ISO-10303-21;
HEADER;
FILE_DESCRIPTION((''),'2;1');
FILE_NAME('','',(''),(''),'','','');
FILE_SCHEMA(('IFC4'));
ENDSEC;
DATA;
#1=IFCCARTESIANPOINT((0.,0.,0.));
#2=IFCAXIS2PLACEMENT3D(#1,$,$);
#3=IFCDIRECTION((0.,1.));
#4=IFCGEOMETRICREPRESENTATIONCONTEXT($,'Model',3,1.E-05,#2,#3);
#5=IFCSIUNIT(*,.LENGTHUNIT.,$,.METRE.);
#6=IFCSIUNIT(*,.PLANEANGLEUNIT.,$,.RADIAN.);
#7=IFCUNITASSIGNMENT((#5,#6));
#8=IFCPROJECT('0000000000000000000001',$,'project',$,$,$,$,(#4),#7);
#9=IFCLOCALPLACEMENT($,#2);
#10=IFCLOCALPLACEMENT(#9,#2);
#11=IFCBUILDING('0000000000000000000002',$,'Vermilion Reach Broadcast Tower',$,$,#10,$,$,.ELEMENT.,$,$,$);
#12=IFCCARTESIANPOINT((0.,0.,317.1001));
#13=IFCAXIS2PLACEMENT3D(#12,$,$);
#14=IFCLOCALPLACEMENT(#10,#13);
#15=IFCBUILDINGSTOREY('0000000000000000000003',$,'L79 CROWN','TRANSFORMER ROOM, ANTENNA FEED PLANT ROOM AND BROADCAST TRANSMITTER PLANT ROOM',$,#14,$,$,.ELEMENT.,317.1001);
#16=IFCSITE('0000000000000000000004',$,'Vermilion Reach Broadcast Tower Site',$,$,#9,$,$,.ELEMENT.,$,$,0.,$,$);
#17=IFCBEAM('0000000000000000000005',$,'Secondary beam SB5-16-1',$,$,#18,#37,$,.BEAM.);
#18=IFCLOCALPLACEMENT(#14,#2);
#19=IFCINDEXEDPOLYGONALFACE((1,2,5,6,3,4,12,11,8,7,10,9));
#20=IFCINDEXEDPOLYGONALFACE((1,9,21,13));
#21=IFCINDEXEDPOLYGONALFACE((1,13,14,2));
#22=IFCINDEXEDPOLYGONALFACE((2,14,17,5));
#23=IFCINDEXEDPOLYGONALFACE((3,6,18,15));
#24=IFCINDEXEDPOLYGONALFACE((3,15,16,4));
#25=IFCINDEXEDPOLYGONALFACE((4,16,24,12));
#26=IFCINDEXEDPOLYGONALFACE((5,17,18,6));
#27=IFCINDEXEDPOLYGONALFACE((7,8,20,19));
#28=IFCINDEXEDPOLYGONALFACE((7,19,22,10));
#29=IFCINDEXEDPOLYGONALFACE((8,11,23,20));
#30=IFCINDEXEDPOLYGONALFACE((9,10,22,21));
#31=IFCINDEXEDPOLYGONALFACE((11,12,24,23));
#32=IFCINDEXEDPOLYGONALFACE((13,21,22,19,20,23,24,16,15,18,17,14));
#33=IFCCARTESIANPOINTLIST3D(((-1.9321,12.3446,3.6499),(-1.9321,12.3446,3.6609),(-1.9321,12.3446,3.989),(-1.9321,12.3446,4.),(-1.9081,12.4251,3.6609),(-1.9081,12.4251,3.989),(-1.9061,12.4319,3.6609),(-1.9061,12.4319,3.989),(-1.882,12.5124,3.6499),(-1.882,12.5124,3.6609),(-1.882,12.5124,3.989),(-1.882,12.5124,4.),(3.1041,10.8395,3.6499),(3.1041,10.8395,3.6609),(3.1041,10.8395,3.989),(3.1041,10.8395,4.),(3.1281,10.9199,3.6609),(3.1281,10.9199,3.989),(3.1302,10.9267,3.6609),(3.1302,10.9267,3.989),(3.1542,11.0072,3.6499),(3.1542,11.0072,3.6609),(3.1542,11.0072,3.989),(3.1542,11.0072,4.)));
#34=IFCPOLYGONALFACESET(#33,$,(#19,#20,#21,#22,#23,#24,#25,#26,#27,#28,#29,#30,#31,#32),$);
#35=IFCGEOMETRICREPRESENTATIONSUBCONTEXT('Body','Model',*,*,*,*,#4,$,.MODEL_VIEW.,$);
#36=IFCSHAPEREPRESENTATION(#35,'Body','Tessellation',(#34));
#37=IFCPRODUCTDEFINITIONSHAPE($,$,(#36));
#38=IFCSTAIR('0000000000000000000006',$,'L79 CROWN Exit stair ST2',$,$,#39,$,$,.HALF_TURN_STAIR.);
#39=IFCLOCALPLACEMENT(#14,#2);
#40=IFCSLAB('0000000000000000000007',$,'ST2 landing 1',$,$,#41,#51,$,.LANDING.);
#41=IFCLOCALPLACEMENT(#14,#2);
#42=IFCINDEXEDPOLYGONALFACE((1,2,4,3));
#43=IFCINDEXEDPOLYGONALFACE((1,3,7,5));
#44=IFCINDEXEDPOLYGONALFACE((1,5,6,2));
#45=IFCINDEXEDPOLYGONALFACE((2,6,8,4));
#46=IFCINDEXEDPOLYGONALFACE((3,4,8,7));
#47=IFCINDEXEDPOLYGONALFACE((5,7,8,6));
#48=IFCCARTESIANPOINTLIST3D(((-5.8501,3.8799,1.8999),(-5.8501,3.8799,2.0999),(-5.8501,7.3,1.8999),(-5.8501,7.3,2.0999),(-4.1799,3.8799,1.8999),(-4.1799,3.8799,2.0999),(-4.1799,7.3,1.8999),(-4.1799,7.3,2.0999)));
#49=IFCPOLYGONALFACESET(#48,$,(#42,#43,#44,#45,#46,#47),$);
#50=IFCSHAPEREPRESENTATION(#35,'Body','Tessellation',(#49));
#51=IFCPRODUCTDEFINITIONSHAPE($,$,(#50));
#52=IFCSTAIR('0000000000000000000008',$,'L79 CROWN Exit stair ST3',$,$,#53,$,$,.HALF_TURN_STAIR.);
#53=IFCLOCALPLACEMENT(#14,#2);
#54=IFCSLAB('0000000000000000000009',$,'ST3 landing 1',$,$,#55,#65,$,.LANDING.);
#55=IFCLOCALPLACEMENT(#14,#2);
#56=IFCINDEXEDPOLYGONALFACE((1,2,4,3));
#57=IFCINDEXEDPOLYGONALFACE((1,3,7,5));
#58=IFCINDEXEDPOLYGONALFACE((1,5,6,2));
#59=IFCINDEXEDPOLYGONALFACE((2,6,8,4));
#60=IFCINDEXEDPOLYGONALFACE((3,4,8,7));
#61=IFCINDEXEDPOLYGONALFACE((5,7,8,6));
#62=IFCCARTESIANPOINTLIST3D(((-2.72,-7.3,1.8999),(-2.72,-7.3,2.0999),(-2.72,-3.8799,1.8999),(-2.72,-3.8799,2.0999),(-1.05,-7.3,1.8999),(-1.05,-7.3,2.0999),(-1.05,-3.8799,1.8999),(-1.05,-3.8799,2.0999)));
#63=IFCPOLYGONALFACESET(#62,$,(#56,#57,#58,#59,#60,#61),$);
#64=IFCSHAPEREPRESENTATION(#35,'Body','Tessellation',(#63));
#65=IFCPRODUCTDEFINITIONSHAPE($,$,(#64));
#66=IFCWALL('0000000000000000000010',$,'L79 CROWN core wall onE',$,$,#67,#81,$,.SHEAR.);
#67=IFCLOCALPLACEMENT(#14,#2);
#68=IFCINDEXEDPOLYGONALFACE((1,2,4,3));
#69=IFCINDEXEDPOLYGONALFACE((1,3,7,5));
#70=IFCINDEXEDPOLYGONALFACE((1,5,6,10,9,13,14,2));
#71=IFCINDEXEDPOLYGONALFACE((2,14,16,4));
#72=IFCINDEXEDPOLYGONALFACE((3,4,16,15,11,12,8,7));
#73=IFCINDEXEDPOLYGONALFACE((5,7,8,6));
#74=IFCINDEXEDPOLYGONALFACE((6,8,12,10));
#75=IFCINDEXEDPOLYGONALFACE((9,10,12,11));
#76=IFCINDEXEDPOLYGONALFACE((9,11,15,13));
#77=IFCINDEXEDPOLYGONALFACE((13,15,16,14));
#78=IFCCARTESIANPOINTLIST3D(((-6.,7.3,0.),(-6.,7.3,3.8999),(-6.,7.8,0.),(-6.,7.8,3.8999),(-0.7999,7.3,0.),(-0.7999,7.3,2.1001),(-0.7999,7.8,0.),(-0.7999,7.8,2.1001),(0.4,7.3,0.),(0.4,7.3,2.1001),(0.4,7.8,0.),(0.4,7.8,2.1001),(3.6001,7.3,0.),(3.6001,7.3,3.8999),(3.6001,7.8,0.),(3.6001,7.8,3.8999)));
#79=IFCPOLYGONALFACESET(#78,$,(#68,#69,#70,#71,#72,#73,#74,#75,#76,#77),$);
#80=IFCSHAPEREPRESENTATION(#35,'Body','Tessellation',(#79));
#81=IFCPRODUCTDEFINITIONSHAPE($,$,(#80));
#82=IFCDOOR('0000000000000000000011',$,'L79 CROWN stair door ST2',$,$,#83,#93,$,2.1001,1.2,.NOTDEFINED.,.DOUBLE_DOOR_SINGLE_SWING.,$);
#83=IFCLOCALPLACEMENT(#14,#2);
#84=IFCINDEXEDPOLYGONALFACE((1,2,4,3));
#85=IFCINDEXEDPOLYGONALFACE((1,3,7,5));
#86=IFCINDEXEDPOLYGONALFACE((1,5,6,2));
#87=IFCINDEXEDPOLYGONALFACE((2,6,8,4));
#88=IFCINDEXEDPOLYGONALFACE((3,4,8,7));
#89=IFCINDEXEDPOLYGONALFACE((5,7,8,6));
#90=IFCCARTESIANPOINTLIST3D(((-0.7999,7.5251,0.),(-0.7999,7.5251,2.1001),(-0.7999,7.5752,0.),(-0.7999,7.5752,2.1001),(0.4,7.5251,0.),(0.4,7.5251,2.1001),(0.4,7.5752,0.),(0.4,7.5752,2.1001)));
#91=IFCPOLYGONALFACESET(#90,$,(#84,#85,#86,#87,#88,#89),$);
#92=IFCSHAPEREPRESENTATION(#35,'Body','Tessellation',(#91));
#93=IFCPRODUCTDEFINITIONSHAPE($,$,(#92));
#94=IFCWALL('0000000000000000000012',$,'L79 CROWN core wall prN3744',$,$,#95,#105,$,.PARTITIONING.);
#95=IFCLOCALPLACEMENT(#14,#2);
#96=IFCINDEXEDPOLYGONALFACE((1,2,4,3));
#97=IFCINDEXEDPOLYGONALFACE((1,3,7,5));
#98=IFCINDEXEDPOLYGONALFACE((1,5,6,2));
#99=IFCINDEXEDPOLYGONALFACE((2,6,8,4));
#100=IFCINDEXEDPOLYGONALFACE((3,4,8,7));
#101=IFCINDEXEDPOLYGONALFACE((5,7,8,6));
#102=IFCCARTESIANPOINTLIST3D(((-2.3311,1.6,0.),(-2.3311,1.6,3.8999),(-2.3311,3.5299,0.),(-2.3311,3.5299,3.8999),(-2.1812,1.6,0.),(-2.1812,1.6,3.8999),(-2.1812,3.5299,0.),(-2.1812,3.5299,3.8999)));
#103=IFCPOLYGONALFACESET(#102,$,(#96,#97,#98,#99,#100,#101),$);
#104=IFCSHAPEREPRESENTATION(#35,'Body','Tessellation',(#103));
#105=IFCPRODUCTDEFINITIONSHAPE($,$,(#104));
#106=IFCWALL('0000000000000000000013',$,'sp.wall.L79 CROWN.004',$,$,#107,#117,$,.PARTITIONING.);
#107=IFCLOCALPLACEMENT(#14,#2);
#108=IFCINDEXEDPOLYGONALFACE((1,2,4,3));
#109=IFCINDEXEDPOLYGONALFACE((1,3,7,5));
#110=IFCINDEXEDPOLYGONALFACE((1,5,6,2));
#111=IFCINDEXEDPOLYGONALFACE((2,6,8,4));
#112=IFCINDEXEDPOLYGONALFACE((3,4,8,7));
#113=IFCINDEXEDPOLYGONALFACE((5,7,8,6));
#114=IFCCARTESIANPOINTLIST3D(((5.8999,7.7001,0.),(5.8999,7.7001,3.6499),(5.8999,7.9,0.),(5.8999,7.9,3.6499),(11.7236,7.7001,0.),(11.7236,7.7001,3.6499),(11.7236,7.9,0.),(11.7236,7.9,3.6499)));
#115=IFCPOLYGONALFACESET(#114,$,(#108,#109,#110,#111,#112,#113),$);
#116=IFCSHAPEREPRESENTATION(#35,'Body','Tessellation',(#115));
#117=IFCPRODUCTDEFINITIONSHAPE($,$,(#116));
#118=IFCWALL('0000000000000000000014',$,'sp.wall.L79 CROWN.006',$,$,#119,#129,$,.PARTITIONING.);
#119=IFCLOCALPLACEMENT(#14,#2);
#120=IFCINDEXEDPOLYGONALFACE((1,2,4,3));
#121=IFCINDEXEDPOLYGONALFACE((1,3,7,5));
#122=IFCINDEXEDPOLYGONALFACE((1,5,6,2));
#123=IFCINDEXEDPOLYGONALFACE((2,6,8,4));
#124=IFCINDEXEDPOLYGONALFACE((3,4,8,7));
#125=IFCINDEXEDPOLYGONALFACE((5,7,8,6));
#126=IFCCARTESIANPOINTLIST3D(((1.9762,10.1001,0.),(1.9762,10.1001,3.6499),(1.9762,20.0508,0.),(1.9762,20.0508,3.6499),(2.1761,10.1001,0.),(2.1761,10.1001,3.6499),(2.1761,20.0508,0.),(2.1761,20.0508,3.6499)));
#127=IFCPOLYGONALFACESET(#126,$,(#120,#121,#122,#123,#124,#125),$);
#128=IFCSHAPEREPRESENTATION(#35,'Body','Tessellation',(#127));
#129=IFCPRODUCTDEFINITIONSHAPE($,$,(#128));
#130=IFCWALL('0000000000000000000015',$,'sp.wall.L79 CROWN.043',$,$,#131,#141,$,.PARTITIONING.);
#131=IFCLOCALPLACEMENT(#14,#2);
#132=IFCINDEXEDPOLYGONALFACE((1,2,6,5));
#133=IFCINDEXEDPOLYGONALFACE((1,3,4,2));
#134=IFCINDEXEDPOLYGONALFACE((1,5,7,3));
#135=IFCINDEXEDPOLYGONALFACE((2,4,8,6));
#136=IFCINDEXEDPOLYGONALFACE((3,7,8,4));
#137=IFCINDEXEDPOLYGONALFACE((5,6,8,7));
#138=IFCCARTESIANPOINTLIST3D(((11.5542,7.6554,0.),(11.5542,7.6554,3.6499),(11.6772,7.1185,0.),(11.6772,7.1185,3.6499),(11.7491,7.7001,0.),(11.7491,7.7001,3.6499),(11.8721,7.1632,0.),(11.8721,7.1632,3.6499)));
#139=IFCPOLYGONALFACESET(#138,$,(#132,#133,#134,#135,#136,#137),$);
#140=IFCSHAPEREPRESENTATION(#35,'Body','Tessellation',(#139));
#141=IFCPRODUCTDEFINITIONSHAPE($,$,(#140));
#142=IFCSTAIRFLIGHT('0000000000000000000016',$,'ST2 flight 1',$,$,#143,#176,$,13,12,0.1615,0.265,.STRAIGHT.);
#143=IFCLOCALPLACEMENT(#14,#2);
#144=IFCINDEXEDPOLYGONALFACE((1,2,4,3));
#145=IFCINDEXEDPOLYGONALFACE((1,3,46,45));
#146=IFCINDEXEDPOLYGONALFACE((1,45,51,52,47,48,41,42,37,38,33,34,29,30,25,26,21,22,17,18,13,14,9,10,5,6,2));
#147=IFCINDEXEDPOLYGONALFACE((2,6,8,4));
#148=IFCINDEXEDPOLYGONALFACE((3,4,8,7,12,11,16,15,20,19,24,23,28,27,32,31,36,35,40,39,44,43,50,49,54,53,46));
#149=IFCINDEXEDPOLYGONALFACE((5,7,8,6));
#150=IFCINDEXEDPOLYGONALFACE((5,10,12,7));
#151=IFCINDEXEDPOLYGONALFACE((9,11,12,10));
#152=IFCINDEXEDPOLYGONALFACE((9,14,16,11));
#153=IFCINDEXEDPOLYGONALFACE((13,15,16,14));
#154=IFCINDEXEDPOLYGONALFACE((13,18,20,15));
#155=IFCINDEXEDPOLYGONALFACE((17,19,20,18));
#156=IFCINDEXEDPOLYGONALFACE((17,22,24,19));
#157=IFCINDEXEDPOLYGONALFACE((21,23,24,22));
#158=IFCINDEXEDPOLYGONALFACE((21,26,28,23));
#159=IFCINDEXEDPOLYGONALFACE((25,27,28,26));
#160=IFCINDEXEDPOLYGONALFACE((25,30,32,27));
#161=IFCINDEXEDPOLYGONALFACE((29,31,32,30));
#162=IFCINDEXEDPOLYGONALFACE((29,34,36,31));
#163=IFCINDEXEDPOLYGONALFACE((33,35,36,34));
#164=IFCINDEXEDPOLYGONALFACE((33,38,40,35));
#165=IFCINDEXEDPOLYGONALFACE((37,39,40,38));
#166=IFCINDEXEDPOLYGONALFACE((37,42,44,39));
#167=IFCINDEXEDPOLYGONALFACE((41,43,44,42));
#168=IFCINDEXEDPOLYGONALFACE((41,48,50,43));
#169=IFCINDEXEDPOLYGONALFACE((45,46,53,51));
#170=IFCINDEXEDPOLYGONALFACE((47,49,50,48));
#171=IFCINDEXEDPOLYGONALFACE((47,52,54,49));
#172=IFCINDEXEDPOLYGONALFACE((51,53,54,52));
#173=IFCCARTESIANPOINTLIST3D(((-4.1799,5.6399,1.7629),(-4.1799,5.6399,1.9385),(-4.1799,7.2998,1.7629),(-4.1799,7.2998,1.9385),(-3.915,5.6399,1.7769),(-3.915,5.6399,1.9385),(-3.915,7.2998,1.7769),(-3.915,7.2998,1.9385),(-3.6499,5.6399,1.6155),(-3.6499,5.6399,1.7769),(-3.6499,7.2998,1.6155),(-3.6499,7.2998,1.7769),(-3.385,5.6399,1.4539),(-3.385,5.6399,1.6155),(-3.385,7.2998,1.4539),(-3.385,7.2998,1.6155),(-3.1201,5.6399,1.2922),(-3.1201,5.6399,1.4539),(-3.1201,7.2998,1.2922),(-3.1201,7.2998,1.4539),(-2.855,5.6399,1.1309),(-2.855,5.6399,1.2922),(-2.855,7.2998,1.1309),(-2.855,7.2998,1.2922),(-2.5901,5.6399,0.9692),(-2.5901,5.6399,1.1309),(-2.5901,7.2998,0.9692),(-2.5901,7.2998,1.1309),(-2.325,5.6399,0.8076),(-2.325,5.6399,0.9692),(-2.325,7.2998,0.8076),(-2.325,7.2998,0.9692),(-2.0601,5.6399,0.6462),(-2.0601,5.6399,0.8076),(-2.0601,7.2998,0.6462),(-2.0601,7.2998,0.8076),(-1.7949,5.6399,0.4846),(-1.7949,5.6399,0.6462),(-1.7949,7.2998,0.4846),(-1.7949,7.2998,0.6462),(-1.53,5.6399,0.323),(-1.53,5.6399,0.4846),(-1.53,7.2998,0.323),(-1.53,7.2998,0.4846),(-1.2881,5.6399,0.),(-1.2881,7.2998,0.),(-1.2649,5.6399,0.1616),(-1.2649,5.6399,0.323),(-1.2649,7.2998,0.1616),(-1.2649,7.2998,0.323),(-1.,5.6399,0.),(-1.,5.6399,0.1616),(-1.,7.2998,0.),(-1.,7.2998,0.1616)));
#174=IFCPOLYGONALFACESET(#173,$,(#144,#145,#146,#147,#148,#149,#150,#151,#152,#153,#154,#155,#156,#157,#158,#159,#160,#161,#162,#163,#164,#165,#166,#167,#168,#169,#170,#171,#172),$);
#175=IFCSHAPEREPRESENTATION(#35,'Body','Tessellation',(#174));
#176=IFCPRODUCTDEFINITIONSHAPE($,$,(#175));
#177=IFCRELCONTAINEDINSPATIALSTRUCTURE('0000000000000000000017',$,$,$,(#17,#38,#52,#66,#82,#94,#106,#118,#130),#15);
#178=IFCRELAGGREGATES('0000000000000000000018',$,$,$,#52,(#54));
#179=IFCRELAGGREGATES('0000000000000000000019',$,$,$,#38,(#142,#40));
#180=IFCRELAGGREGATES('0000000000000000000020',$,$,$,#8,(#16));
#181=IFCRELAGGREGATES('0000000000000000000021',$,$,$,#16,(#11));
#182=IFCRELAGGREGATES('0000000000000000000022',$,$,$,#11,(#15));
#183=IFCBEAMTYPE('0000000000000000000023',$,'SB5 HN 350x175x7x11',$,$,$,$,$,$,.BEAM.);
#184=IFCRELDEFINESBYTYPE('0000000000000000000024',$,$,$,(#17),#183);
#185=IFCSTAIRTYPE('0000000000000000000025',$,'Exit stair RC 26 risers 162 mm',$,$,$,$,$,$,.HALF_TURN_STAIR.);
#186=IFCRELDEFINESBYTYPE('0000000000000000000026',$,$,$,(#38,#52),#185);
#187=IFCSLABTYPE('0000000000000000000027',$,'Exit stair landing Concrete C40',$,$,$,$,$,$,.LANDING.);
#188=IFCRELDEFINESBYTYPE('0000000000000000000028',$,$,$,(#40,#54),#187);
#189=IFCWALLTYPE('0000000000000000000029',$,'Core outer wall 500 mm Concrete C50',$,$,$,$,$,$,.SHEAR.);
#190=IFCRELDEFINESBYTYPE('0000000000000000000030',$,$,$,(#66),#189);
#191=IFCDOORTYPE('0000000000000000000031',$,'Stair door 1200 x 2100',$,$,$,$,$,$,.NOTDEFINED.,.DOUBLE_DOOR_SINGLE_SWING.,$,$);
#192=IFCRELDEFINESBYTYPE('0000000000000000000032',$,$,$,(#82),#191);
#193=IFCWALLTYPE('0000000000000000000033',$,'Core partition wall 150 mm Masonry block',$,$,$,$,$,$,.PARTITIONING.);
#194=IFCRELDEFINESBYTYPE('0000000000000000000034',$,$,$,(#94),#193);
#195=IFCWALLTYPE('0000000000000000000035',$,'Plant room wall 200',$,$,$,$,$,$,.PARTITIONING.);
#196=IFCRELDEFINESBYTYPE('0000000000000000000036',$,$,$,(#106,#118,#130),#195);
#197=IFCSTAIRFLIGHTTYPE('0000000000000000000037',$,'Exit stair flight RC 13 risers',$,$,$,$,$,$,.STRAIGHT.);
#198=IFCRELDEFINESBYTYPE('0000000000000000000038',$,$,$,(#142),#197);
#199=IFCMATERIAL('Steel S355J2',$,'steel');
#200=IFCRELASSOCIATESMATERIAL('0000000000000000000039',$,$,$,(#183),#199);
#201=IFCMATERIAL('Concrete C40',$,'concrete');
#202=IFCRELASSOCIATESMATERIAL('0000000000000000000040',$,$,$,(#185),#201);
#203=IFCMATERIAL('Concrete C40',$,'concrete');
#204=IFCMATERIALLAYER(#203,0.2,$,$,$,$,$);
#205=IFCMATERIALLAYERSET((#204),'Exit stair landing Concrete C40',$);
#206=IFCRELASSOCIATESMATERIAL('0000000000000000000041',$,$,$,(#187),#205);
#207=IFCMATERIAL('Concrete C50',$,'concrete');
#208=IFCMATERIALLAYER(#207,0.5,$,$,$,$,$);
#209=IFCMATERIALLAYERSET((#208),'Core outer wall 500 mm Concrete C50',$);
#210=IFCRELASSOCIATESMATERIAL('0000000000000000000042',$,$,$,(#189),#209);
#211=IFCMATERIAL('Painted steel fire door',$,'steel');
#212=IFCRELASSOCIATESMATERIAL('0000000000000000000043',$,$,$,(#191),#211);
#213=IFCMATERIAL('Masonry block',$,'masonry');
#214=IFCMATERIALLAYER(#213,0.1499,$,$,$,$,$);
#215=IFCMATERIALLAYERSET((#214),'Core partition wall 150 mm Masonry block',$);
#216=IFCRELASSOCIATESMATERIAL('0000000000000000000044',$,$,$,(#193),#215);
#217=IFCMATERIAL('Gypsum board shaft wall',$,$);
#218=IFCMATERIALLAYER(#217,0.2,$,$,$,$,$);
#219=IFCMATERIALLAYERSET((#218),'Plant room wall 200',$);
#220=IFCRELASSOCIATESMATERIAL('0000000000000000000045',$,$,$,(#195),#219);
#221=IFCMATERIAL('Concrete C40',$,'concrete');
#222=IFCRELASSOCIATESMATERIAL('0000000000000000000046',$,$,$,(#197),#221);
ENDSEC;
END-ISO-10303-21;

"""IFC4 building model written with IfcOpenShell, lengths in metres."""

from ifc_helpers import new_model, si_unit, direction, frame, frame_2d, origin, origin_2d, place, context, subcontext, project, spatial, polyline, rectangle, i_section, outline, extrude, material, layer, layer_set, material_profile, profile_set, type_object, element, fill, aggregate, save


model = new_model("IFC4")

# Units and contexts
model_context = context("Model", 3, precision=1e-05, world=origin(), true_north=direction((0.0, 1.0)))
body_context = subcontext(model_context, "Body", "Model", "MODEL_VIEW")
ifc_project = project(units=[si_unit("LENGTHUNIT", "METRE"), si_unit("PLANEANGLEUNIT", "RADIAN")], contexts=[model_context])

# Site, building, storey
site_placement = place(None, origin())
site = spatial("IfcSite", under=ifc_project, at=site_placement, Name="Vermilion Reach Broadcast Tower Site", CompositionType="ELEMENT", RefElevation=0.0)
building_placement = place(site_placement, origin())
building = spatial("IfcBuilding", under=site, at=building_placement, Name="Vermilion Reach Broadcast Tower", CompositionType="ELEMENT")
storey_placement = place(building_placement, frame((0.0, 0.0, 317.1001)))
storey = spatial("IfcBuildingStorey", under=building, at=storey_placement, Name="L79 CROWN", Description="TRANSFORMER ROOM, ANTENNA FEED PLANT ROOM AND BROADCAST TRANSMITTER PLANT ROOM", CompositionType="ELEMENT", Elevation=317.1001)

# Beam
ifc_material_1 = material(Name="Steel S355J2", Category="steel")
ifc_material_profile_1 = material_profile(ifc_material_1, i_section(OverallWidth=0.175, OverallDepth=0.3501, WebThickness=0.0071, FlangeThickness=0.011, at=origin_2d()), Name="S355J2 HN 350x175x7x11")
ifc_profile_set_1 = profile_set([ifc_material_profile_1], Name="Steel S355J2")
beam_type_1 = type_object("IfcBeamType", Name="SB5 HN 350x175x7x11", PredefinedType="BEAM", material=ifc_profile_set_1)
beam_1_placement = place(storey_placement, frame((3.1292, 10.9233, 3.825), z_axis=(-0.958125, 0.286351, 0.0), x_axis=(-0.286351, -0.958125, 0.0)))
element("IfcBeam", 1, at=beam_1_placement, inside=storey, type_object=beam_type_1, Name="Secondary beam SB5-16-1", PredefinedType="BEAM", context=body_context, shape_type="SweptSolid", body=[
    extrude(i_section(OverallWidth=0.175, OverallDepth=0.3501, WebThickness=0.0071, FlangeThickness=0.011, at=origin_2d()), origin(), (0.0, 0.0, 1.0), 5.2563),
])

# Stairs, slabs
ifc_material_2 = material(Name="Concrete C40", Category="concrete")
stair_type = type_object("IfcStairType", Name="Exit stair RC 26 risers 162 mm", PredefinedType="HALF_TURN_STAIR", material=ifc_material_2)
placement_1 = place(storey_placement, origin())
stair_1 = element("IfcStair", 2, at=placement_1, inside=storey, type_object=stair_type, Name="L79 CROWN Exit stair ST2", PredefinedType="HALF_TURN_STAIR")
ifc_material_3 = material(Name="Concrete C40", Category="concrete")
ifc_layer_1 = layer(ifc_material_3, 0.2)
ifc_layer_set_1 = layer_set([ifc_layer_1], Name="Exit stair landing Concrete C40")
slab_type = type_object("IfcSlabType", Name="Exit stair landing Concrete C40", PredefinedType="LANDING", material=ifc_layer_set_1)
placement_2 = place(storey_placement, frame((0.0, 0.0, 1.8999)))
slab_1 = element("IfcSlab", 3, at=placement_2, type_object=slab_type, Name="ST2 landing 1", PredefinedType="LANDING", context=body_context, shape_type="SweptSolid", body=[
    extrude(outline(polyline([(-4.1799, 7.3), (-5.8501, 7.3), (-5.8501, 3.8799), (-4.1799, 3.8799), (-4.1799, 7.3)])), origin(), (0.0, 0.0, 1.0), 0.2),
])
stair_2 = element("IfcStair", 4, at=placement_1, inside=storey, type_object=stair_type, Name="L79 CROWN Exit stair ST3", PredefinedType="HALF_TURN_STAIR")
slab_2 = element("IfcSlab", 5, at=placement_2, type_object=slab_type, Name="ST3 landing 1", PredefinedType="LANDING", context=body_context, shape_type="SweptSolid", body=[
    extrude(outline(polyline([(-2.72, -7.3), (-1.05, -7.3), (-1.05, -3.8799), (-2.72, -3.8799), (-2.72, -7.3)])), origin(), (0.0, 0.0, 1.0), 0.2),
])
aggregate(stair_2, [slab_2])

# Wall, opening, door
ifc_material_4 = material(Name="Concrete C50", Category="concrete")
ifc_layer_2 = layer(ifc_material_4, 0.5)
ifc_layer_set_2 = layer_set([ifc_layer_2], Name="Core outer wall 500 mm Concrete C50")
wall_type_1 = type_object("IfcWallType", Name="Core outer wall 500 mm Concrete C50", PredefinedType="SHEAR", material=ifc_layer_set_2)
wall_1_placement = place(storey_placement, frame((3.6001, 7.55, 0.0), z_axis=(0.0, 0.0, 1.0), x_axis=(-1.0, 0.0, 0.0)))
wall_1 = element("IfcWall", 6, at=wall_1_placement, inside=storey, type_object=wall_type_1, Name="L79 CROWN core wall onE", PredefinedType="SHEAR", context=body_context, shape_type="SweptSolid", body=[
    extrude(rectangle(XDim=9.6001, YDim=0.5, at=frame_2d((4.8, 0.0))), origin(), (0.0, 0.0, 1.0), 3.8999),
])
opening_placement = place(wall_1_placement, frame((3.2, 0.0, 0.0)))
opening = element("IfcOpeningElement", 7, at=opening_placement, cuts=wall_1, PredefinedType="OPENING", context=body_context, shape_type="SweptSolid", body=[
    extrude(rectangle(XDim=1.2, YDim=2.1001, at=frame_2d((0.6001, 1.05))), frame((0.0, 0.26, 0.0), z_axis=(0.0, -1.0, 0.0), x_axis=(1.0, 0.0, 0.0)), (0.0, 0.0, 1.0), 0.52),
])
ifc_material_5 = material(Name="Painted steel fire door", Category="steel")
door_type = type_object("IfcDoorType", Name="Stair door 1200 x 2100", OperationType="DOUBLE_DOOR_SINGLE_SWING", PredefinedType="NOTDEFINED", material=ifc_material_5)
door_placement = place(opening_placement, origin())
door = element("IfcDoor", 8, at=door_placement, inside=storey, type_object=door_type, Name="L79 CROWN stair door ST2", OperationType="DOUBLE_DOOR_SINGLE_SWING", OverallHeight=2.1001, OverallWidth=1.2, PredefinedType="NOTDEFINED", context=body_context, shape_type="SweptSolid", body=[
    extrude(rectangle(XDim=1.2, YDim=2.1001, at=frame_2d((0.6001, 1.05))), frame((0.0, 0.0249, 0.0), z_axis=(0.0, -1.0, 0.0), x_axis=(1.0, 0.0, 0.0)), (0.0, 0.0, 1.0), 0.05),
])
fill(opening, door)

# Walls
ifc_material_6 = material(Name="Masonry block", Category="masonry")
ifc_layer_3 = layer(ifc_material_6, 0.1499)
ifc_layer_set_3 = layer_set([ifc_layer_3], Name="Core partition wall 150 mm Masonry block")
wall_type_2 = type_object("IfcWallType", Name="Core partition wall 150 mm Masonry block", PredefinedType="PARTITIONING", material=ifc_layer_set_3)
wall_2_placement = place(storey_placement, frame((-2.2561, 1.6001, 0.0), z_axis=(0.0, 0.0, 1.0), x_axis=(0.0, 1.0, 0.0)))
element("IfcWall", 9, at=wall_2_placement, inside=storey, type_object=wall_type_2, Name="L79 CROWN core wall prN3744", PredefinedType="PARTITIONING", context=body_context, shape_type="SweptSolid", body=[
    extrude(rectangle(XDim=1.9299, YDim=0.1499, at=frame_2d((0.9648, 0.0))), origin(), (0.0, 0.0, 1.0), 3.8999),
])
ifc_material_7 = material(Name="Gypsum board shaft wall")
ifc_layer_4 = layer(ifc_material_7, 0.2)
ifc_layer_set_4 = layer_set([ifc_layer_4], Name="Plant room wall 200")
wall_type_3 = type_object("IfcWallType", Name="Plant room wall 200", PredefinedType="PARTITIONING", material=ifc_layer_set_4)
wall_3_placement = place(storey_placement, frame((5.8999, 7.8, 0.0), z_axis=(0.0, 0.0, 1.0), x_axis=(1.0, 0.0, 0.0)))
element("IfcWall", 10, at=wall_3_placement, inside=storey, type_object=wall_type_3, Name="sp.wall.L79 CROWN.004", PredefinedType="PARTITIONING", context=body_context, shape_type="SweptSolid", body=[
    extrude(rectangle(XDim=5.8237, YDim=0.2, at=frame_2d((2.9119, 0.0))), origin(), (0.0, 0.0, 1.0), 3.6499),
])
wall_4_placement = place(storey_placement, frame((2.0762, 10.1001, 0.0), z_axis=(0.0, 0.0, 1.0), x_axis=(0.0, 1.0, 0.0)))
element("IfcWall", 11, at=wall_4_placement, inside=storey, type_object=wall_type_3, Name="sp.wall.L79 CROWN.006", PredefinedType="PARTITIONING", context=body_context, shape_type="SweptSolid", body=[
    extrude(rectangle(XDim=9.9507, YDim=0.2, at=frame_2d((4.9753, 0.0))), origin(), (0.0, 0.0, 1.0), 3.6499),
])
wall_5_placement = place(storey_placement, frame((11.6516, 7.6777, 0.0), z_axis=(0.0, 0.0, 1.0), x_axis=(0.223402, -0.974726, 0.0)))
element("IfcWall", 12, at=wall_5_placement, inside=storey, type_object=wall_type_3, Name="sp.wall.L79 CROWN.043", PredefinedType="PARTITIONING", context=body_context, shape_type="SweptSolid", body=[
    extrude(rectangle(XDim=0.5508, YDim=0.2, at=frame_2d((0.2754, 0.0))), origin(), (0.0, 0.0, 1.0), 3.6499),
])

# Stair flight
ifc_material_8 = material(Name="Concrete C40", Category="concrete")
stair_flight_type = type_object("IfcStairFlightType", Name="Exit stair flight RC 13 risers", PredefinedType="STRAIGHT", material=ifc_material_8)
stair_flight_1_placement = place(storey_placement, frame((-1.0, 6.47, 0.0), z_axis=(0.0, 0.0, 1.0), x_axis=(-1.0, 0.0, 0.0)))
stair_flight_1 = element("IfcStairFlight", 13, at=stair_flight_1_placement, type_object=stair_flight_type, Name="ST2 flight 1", NumberOfRisers=13, NumberOfTreads=12, PredefinedType="STRAIGHT", RiserHeight=0.1615, TreadLength=0.265, context=body_context, shape_type="SweptSolid", body=[
    extrude(outline(polyline([(0.0, 0.0), (0.0, 0.1616), (0.2649, 0.1616), (0.2649, 0.323), (0.53, 0.323), (0.53, 0.4846), (0.7949, 0.4846), (0.7949, 0.6462), (1.0601, 0.6462), (1.0601, 0.8076), (1.325, 0.8076), (1.325, 0.9692), (1.5901, 0.9692), (1.5901, 1.1309), (1.855, 1.1309), (1.855, 1.2922), (2.1201, 1.2922), (2.1201, 1.4539), (2.385, 1.4539), (2.385, 1.6155), (2.6499, 1.6155), (2.6499, 1.7769), (2.915, 1.7769), (2.915, 1.9385), (3.1799, 1.9385), (3.1799, 2.1001), (3.1799, 1.7629), (0.2881, 0.0), (0.0, 0.0)])), frame((0.0, 0.8301, 0.0), z_axis=(0.0, -1.0, 0.0), x_axis=(1.0, 0.0, 0.0)), (0.0, 0.0, 1.0), 1.6599),
])
aggregate(stair_1, [stair_flight_1, slab_1])

save(model, "model.ifc")
